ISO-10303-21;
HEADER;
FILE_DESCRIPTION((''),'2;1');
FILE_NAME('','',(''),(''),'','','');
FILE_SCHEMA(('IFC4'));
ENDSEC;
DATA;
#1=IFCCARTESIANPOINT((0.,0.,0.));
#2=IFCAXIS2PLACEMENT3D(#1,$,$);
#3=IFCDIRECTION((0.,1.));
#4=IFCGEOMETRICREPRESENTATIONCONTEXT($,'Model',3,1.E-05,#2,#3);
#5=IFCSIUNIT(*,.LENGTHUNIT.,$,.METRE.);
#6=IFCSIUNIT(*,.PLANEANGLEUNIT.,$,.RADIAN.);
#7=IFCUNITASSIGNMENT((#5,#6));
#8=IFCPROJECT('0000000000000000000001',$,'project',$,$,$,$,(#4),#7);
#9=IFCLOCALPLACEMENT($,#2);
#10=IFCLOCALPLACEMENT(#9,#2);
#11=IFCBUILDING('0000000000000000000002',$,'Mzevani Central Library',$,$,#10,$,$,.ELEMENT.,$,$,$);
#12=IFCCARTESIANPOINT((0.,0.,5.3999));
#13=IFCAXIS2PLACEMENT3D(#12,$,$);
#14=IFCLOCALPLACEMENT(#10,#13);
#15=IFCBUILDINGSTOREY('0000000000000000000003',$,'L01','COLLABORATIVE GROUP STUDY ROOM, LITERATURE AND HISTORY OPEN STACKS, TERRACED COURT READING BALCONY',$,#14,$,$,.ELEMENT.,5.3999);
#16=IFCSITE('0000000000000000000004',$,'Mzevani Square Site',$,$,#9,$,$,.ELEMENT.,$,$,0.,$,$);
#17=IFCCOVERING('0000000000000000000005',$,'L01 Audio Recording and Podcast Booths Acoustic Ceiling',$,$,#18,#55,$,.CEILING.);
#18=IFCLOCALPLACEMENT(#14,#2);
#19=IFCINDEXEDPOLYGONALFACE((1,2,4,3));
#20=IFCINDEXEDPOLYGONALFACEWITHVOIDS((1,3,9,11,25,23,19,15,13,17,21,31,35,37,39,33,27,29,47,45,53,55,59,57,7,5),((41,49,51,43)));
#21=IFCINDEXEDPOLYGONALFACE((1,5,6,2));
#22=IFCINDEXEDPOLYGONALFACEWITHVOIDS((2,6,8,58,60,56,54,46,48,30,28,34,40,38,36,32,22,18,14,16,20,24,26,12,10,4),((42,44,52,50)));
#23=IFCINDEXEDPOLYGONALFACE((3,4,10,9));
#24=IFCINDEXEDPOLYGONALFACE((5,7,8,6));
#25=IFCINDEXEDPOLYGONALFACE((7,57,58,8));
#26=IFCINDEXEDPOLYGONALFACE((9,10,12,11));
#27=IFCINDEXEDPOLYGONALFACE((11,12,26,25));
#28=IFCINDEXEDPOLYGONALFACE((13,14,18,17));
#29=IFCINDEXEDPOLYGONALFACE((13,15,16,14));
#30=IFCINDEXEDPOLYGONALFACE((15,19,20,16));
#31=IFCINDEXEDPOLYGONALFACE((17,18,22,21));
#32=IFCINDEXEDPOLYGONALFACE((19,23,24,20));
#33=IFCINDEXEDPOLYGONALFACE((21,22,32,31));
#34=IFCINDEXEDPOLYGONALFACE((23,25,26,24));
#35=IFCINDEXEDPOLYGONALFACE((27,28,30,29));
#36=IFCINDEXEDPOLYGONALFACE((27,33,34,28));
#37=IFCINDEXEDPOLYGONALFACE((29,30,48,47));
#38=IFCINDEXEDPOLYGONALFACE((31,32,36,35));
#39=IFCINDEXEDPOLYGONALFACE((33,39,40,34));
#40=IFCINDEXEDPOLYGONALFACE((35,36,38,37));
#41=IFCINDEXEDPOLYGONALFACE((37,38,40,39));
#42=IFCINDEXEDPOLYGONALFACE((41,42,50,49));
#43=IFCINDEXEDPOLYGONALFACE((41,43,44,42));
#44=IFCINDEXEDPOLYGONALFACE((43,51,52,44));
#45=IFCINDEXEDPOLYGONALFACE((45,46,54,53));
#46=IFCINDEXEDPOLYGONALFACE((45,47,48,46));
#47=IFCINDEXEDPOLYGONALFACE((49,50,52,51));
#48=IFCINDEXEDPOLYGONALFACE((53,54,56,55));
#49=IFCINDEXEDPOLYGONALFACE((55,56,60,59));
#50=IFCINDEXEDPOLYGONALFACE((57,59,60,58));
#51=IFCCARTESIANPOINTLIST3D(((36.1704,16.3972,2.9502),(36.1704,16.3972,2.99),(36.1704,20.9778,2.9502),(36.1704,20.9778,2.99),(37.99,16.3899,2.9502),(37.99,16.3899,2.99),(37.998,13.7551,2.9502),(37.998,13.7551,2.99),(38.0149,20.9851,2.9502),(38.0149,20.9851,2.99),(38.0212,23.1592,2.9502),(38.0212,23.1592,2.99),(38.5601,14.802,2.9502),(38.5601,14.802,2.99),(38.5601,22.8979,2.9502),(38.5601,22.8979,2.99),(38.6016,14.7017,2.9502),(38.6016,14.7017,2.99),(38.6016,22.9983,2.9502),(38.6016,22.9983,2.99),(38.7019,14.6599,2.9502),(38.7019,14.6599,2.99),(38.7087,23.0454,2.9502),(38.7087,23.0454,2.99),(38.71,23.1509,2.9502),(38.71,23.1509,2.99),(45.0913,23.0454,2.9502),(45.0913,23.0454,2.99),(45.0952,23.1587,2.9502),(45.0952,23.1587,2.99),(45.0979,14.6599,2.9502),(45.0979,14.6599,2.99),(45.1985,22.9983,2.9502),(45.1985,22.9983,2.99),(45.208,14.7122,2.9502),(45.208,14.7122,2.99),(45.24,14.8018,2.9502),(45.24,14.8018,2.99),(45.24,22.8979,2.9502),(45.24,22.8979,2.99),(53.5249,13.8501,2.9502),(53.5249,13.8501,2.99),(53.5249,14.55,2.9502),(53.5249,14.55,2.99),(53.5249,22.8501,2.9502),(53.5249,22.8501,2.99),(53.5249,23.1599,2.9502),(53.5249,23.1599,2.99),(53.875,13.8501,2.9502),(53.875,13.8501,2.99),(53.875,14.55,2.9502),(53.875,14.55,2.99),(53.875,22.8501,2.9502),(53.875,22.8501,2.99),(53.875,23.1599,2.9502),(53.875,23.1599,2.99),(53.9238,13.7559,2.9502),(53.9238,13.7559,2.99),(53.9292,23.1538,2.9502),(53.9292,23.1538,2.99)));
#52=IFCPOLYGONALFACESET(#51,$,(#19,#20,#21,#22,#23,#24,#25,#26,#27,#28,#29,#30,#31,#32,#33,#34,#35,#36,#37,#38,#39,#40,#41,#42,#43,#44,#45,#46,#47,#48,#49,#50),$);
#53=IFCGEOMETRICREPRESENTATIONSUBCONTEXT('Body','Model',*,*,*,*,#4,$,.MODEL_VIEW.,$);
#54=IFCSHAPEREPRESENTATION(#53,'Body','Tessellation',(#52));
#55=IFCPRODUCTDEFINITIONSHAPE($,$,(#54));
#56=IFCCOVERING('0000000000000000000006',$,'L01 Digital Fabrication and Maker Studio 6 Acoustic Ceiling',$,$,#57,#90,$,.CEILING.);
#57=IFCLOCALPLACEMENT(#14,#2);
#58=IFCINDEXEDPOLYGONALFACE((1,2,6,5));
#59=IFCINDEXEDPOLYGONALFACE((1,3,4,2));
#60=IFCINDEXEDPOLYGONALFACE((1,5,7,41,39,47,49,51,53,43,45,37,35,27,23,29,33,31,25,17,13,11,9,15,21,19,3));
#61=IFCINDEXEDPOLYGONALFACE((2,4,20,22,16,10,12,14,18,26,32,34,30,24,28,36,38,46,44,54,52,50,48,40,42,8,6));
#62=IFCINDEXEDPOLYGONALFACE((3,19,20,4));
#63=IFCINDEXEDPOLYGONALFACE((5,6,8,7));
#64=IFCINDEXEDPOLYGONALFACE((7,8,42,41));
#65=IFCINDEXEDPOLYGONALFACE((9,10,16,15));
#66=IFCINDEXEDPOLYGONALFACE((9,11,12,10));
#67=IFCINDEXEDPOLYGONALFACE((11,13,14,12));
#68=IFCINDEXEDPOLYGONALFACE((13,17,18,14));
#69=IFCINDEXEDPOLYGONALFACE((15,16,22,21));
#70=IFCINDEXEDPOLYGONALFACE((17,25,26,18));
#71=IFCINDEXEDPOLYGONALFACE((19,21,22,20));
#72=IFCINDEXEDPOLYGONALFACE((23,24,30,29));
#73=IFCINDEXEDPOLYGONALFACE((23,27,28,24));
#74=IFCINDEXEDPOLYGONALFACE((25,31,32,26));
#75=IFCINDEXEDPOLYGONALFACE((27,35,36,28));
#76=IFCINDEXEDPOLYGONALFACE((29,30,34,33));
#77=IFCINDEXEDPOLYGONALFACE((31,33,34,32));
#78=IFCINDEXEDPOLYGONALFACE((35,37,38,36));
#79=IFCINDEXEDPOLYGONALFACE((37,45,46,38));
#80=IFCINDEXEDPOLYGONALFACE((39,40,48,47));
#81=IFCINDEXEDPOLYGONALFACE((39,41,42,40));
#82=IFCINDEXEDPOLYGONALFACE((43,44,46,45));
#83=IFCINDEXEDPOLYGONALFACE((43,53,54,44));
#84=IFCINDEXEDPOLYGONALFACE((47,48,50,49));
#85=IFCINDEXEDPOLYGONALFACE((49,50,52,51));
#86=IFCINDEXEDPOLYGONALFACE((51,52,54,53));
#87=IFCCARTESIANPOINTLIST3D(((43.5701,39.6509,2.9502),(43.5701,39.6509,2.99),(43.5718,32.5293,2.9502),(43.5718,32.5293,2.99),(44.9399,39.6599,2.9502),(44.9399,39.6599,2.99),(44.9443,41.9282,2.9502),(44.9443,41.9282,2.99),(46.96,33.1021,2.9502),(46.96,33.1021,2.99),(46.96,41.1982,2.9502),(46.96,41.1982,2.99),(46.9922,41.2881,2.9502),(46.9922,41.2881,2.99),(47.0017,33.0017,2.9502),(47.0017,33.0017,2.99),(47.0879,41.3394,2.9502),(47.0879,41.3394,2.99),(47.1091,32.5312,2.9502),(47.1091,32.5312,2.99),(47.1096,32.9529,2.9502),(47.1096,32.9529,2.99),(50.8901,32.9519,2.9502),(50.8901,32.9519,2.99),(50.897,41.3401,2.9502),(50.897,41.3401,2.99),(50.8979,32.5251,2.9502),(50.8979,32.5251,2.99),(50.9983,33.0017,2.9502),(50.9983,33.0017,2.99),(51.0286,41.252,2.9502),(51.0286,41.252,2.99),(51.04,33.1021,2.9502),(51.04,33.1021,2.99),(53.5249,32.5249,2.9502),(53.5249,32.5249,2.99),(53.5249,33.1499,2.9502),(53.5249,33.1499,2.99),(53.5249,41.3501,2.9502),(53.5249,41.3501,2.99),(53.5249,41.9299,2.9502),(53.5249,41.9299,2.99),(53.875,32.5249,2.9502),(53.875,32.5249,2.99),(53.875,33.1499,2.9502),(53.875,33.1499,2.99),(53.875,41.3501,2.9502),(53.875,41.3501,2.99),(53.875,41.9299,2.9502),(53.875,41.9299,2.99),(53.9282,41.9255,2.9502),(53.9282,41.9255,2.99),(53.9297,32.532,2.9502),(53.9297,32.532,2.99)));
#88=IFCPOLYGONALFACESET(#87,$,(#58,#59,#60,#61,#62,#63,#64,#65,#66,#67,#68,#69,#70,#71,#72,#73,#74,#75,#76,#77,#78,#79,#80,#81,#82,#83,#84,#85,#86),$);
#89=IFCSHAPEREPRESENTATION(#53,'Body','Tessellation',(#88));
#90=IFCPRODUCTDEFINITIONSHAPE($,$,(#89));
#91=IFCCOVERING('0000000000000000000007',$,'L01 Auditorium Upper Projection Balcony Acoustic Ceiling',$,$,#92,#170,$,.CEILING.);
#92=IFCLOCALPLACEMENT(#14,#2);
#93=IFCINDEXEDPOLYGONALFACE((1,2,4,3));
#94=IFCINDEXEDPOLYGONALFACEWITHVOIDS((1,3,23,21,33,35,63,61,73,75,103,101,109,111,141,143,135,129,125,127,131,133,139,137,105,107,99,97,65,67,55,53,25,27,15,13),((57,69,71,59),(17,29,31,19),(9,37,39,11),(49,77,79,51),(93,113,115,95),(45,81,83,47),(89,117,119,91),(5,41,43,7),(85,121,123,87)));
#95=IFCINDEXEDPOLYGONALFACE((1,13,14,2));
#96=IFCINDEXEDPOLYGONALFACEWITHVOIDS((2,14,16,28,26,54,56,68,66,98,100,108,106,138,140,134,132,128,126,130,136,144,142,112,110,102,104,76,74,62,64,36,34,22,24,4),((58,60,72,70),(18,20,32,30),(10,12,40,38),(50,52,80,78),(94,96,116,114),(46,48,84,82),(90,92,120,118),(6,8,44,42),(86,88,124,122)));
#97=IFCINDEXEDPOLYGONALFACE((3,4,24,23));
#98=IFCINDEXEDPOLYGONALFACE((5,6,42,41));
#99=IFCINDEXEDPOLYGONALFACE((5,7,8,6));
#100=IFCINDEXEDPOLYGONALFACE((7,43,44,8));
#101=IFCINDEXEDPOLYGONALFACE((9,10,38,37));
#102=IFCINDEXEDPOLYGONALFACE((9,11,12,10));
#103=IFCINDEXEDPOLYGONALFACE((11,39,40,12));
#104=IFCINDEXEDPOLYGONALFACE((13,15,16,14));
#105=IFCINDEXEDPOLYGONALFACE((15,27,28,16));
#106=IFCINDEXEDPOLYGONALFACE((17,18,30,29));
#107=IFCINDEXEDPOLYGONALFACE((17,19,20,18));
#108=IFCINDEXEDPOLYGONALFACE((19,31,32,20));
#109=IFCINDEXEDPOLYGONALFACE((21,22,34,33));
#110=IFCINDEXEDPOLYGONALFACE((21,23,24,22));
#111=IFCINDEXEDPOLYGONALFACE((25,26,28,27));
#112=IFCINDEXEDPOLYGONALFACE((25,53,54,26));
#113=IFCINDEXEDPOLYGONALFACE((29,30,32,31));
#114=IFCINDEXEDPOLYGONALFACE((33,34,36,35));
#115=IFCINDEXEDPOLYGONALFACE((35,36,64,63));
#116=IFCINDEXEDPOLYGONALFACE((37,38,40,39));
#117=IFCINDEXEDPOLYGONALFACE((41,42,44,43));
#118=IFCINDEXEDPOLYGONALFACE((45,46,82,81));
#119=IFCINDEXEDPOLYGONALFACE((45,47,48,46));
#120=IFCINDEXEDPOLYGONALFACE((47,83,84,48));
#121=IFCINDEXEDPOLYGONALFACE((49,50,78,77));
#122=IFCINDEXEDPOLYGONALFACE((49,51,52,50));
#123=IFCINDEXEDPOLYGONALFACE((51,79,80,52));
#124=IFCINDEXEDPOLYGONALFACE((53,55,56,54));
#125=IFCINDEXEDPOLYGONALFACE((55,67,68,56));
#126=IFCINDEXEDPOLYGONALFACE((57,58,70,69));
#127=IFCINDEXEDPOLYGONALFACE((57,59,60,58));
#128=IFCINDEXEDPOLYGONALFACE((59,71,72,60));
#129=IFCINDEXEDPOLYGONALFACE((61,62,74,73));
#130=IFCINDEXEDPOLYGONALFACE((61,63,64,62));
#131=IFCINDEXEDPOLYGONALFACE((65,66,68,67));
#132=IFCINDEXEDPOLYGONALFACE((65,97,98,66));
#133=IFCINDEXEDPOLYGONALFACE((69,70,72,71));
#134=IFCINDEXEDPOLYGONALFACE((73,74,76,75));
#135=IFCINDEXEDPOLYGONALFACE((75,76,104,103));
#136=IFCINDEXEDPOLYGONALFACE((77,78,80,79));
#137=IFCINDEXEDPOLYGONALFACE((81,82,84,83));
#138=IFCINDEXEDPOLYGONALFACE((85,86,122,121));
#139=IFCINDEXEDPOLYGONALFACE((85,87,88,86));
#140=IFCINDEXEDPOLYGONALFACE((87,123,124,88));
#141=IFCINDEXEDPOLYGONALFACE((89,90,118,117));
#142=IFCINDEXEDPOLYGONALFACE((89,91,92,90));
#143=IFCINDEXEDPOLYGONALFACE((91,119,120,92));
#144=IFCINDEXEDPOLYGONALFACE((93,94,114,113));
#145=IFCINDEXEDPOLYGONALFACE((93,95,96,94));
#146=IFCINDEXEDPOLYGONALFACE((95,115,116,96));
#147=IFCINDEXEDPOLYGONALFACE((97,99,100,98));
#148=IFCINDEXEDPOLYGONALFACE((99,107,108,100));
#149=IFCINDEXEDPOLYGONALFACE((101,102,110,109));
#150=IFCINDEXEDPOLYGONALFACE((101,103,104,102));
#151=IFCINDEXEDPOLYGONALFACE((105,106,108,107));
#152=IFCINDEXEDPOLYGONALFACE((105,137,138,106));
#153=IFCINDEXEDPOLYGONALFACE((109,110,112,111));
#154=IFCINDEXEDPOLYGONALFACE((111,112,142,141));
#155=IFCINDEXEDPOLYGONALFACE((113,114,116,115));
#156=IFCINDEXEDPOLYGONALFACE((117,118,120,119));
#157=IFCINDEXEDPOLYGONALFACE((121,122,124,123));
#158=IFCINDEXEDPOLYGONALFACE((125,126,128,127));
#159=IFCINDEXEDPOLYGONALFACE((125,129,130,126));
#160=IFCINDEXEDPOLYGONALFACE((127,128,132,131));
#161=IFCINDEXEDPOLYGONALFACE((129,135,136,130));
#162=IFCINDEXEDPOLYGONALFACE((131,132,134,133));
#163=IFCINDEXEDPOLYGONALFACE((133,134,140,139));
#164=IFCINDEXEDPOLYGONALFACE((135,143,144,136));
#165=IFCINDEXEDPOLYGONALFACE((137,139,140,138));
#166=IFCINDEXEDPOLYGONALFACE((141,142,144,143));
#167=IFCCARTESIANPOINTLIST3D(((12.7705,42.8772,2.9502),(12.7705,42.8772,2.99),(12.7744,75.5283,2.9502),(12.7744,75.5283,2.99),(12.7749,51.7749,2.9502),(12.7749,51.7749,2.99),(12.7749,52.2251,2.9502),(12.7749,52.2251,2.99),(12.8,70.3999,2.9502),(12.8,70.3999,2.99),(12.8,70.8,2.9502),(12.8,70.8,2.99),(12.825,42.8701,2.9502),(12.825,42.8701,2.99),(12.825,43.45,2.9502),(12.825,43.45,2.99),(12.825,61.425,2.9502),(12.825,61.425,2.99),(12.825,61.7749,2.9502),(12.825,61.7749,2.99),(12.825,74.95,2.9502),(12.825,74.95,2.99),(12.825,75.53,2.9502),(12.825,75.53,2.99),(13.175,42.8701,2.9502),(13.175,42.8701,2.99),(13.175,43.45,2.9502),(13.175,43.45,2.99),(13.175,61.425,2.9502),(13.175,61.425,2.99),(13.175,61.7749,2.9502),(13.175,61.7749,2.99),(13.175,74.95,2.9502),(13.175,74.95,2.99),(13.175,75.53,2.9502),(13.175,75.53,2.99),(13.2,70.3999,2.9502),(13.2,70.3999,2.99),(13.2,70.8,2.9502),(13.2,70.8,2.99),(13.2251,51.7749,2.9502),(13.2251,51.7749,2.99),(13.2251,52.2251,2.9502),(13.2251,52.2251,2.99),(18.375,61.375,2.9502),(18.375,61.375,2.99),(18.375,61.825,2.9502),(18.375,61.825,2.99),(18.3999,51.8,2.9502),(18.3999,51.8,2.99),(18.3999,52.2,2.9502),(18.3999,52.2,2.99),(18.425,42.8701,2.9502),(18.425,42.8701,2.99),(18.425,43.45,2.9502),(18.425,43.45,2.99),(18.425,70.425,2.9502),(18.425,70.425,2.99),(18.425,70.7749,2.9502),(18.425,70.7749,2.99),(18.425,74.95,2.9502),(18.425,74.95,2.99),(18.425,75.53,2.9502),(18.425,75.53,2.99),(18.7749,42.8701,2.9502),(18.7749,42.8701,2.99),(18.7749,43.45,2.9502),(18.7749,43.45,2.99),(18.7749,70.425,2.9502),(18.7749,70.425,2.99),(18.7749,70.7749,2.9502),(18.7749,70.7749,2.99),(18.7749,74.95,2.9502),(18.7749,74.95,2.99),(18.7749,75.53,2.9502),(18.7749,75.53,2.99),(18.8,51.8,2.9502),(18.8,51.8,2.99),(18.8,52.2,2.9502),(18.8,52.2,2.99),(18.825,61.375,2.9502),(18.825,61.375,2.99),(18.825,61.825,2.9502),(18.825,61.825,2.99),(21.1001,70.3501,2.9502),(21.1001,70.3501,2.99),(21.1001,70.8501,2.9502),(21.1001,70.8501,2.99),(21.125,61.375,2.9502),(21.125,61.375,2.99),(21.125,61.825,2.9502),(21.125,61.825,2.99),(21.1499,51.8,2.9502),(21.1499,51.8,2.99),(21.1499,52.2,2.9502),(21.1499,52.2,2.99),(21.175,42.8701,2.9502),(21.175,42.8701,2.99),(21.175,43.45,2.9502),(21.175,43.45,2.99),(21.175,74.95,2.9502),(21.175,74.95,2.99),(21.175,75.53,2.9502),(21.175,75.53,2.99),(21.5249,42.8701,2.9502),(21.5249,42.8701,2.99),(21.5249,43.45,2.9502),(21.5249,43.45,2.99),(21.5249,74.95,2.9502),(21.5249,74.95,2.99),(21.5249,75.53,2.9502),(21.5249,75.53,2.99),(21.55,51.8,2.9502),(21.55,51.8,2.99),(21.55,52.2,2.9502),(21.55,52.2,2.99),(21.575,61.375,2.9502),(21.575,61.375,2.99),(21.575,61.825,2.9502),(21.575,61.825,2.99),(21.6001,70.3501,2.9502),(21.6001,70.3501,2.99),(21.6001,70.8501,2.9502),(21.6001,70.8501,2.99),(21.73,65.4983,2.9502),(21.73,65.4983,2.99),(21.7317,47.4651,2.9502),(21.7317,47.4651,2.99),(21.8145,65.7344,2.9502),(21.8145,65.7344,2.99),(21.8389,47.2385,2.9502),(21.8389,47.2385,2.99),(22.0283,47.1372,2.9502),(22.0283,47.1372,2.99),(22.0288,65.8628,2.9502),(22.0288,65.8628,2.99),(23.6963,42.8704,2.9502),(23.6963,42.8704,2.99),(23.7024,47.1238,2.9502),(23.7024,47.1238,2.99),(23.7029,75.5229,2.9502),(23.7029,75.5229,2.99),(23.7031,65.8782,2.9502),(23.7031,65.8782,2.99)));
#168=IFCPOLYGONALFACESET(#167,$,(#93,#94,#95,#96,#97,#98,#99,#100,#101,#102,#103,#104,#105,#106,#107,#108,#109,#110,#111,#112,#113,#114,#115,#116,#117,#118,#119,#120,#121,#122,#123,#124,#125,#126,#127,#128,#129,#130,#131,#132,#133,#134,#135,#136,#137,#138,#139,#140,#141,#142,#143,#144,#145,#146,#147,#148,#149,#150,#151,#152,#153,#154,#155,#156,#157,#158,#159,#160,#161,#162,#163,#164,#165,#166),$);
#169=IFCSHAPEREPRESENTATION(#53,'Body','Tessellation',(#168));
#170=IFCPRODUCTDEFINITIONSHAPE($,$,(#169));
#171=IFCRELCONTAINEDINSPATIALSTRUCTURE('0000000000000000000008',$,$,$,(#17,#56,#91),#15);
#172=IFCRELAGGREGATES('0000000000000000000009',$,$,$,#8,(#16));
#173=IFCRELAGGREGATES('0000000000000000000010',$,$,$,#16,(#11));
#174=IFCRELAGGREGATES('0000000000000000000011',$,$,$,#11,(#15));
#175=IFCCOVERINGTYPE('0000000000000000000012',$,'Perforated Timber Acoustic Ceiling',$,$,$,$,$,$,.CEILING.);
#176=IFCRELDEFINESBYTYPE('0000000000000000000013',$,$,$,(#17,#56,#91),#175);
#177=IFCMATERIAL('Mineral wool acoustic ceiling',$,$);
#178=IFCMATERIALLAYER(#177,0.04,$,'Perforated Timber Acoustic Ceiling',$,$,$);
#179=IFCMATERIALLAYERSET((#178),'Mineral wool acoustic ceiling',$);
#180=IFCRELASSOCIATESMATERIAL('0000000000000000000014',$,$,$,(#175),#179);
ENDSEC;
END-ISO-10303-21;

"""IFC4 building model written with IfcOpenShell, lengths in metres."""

from ifc_helpers import new_model, si_unit, direction, frame, origin, place, context, subcontext, project, spatial, polyline, outline, extrude, material, layer, layer_set, type_object, element, save


model = new_model("IFC4")

# Units and contexts
model_context = context("Model", 3, precision=1e-05, world=origin(), true_north=direction((0.0, 1.0)))
body_context = subcontext(model_context, "Body", "Model", "MODEL_VIEW")
ifc_project = project(units=[si_unit("LENGTHUNIT", "METRE"), si_unit("PLANEANGLEUNIT", "RADIAN")], contexts=[model_context])

# Site, building, storey
site_placement = place(None, origin())
site = spatial("IfcSite", under=ifc_project, at=site_placement, Name="Mzevani Square Site", CompositionType="ELEMENT", RefElevation=0.0)
building_placement = place(site_placement, origin())
building = spatial("IfcBuilding", under=site, at=building_placement, Name="Mzevani Central Library", CompositionType="ELEMENT")
storey_placement = place(building_placement, frame((0.0, 0.0, 5.3999)))
storey = spatial("IfcBuildingStorey", under=building, at=storey_placement, Name="L01", Description="COLLABORATIVE GROUP STUDY ROOM, LITERATURE AND HISTORY OPEN STACKS, TERRACED COURT READING BALCONY", CompositionType="ELEMENT", Elevation=5.3999)

# Coverings
ifc_material_1 = material(Name="Mineral wool acoustic ceiling")
ifc_layer_1 = layer(ifc_material_1, 0.04, Name="Perforated Timber Acoustic Ceiling")
ifc_layer_set_1 = layer_set([ifc_layer_1], Name="Mineral wool acoustic ceiling")
covering_type = type_object("IfcCoveringType", Name="Perforated Timber Acoustic Ceiling", PredefinedType="CEILING", material=ifc_layer_set_1)
covering_1_placement = place(storey_placement, frame((0.0, 0.0, 2.9502)))
element("IfcCovering", 1, at=covering_1_placement, inside=storey, type_object=covering_type, Name="L01 Audio Recording and Podcast Booths Acoustic Ceiling", PredefinedType="CEILING", context=body_context, shape_type="SweptSolid", body=[
    extrude(outline(polyline([(36.1704, 16.3972), (36.1704, 20.9778), (38.0149, 20.9851), (38.0212, 23.1592), (38.71, 23.1509), (38.7087, 23.0454), (38.6016, 22.9983), (38.5601, 22.8979), (38.5601, 14.802), (38.6016, 14.7017), (38.7019, 14.6599), (45.0979, 14.6599), (45.208, 14.7122), (45.24, 14.8018), (45.24, 22.8979), (45.1985, 22.9983), (45.0913, 23.0454), (45.0952, 23.1587), (53.5249, 23.1599), (53.5249, 22.8501), (53.875, 22.8501), (53.875, 23.1599), (53.9292, 23.1538), (53.9238, 13.7559), (37.998, 13.7551), (37.99, 16.3899), (36.1704, 16.3972)]), holes=[polyline([(53.5249, 14.55), (53.5249, 13.8501), (53.875, 13.8501), (53.875, 14.55), (53.5249, 14.55)])]), origin(), (0.0, 0.0, 1.0), 0.0398),
])
covering_2_placement = place(storey_placement, frame((0.0, 0.0, 2.9502)))
element("IfcCovering", 2, at=covering_2_placement, inside=storey, type_object=covering_type, Name="L01 Digital Fabrication and Maker Studio 6 Acoustic Ceiling", PredefinedType="CEILING", context=body_context, shape_type="SweptSolid", body=[
    extrude(outline(polyline([(51.04, 33.1021), (51.0286, 41.252), (50.897, 41.3401), (47.0879, 41.3394), (46.9922, 41.2881), (46.96, 41.1982), (46.96, 33.1021), (47.0017, 33.0017), (47.1096, 32.9529), (47.1091, 32.5312), (43.5718, 32.5293), (43.5701, 39.6509), (44.9399, 39.6599), (44.9443, 41.9282), (53.5249, 41.9299), (53.5249, 41.3501), (53.875, 41.3501), (53.875, 41.9299), (53.9282, 41.9255), (53.9297, 32.532), (53.875, 32.5249), (53.875, 33.1499), (53.5249, 33.1499), (53.5249, 32.5249), (50.8979, 32.5251), (50.8901, 32.9519), (50.9983, 33.0017), (51.04, 33.1021)])), origin(), (0.0, 0.0, 1.0), 0.0398),
])
covering_3_placement = place(storey_placement, frame((0.0, 0.0, 2.9502)))
element("IfcCovering", 3, at=covering_3_placement, inside=storey, type_object=covering_type, Name="L01 Auditorium Upper Projection Balcony Acoustic Ceiling", PredefinedType="CEILING", context=body_context, shape_type="SweptSolid", body=[
    extrude(outline(polyline([(12.7744, 75.5283), (12.825, 75.53), (12.825, 74.95), (13.175, 74.95), (13.175, 75.53), (18.425, 75.53), (18.425, 74.95), (18.7749, 74.95), (18.7749, 75.53), (21.175, 75.53), (21.175, 74.95), (21.5249, 74.95), (21.5249, 75.53), (23.7029, 75.5229), (23.7031, 65.8782), (22.0288, 65.8628), (21.8145, 65.7344), (21.73, 65.4983), (21.7317, 47.4651), (21.8389, 47.2385), (22.0283, 47.1372), (23.7024, 47.1238), (23.6963, 42.8704), (21.5249, 42.8701), (21.5249, 43.45), (21.175, 43.45), (21.175, 42.8701), (18.7749, 42.8701), (18.7749, 43.45), (18.425, 43.45), (18.425, 42.8701), (13.175, 42.8701), (13.175, 43.45), (12.825, 43.45), (12.825, 42.8701), (12.7705, 42.8772), (12.7744, 75.5283)]), holes=[polyline([(12.7749, 52.2251), (12.7749, 51.7749), (13.2251, 51.7749), (13.2251, 52.2251), (12.7749, 52.2251)]), polyline([(13.175, 61.7749), (12.825, 61.7749), (12.825, 61.425), (13.175, 61.425), (13.175, 61.7749)]), polyline([(13.2, 70.3999), (13.2, 70.8), (12.8, 70.8), (12.8, 70.3999), (13.2, 70.3999)]), polyline([(18.8, 52.2), (18.3999, 52.2), (18.3999, 51.8), (18.8, 51.8), (18.8, 52.2)]), polyline([(18.825, 61.375), (18.825, 61.825), (18.375, 61.825), (18.375, 61.375), (18.825, 61.375)]), polyline([(18.425, 70.425), (18.7749, 70.425), (18.7749, 70.7749), (18.425, 70.7749), (18.425, 70.425)]), polyline([(21.55, 51.8), (21.55, 52.2), (21.1499, 52.2), (21.1499, 51.8), (21.55, 51.8)]), polyline([(21.125, 61.375), (21.575, 61.375), (21.575, 61.825), (21.125, 61.825), (21.125, 61.375)]), polyline([(21.1001, 70.8501), (21.1001, 70.3501), (21.6001, 70.3501), (21.6001, 70.8501), (21.1001, 70.8501)])]), origin(), (0.0, 0.0, 1.0), 0.0398),
])

save(model, "model.ifc")
